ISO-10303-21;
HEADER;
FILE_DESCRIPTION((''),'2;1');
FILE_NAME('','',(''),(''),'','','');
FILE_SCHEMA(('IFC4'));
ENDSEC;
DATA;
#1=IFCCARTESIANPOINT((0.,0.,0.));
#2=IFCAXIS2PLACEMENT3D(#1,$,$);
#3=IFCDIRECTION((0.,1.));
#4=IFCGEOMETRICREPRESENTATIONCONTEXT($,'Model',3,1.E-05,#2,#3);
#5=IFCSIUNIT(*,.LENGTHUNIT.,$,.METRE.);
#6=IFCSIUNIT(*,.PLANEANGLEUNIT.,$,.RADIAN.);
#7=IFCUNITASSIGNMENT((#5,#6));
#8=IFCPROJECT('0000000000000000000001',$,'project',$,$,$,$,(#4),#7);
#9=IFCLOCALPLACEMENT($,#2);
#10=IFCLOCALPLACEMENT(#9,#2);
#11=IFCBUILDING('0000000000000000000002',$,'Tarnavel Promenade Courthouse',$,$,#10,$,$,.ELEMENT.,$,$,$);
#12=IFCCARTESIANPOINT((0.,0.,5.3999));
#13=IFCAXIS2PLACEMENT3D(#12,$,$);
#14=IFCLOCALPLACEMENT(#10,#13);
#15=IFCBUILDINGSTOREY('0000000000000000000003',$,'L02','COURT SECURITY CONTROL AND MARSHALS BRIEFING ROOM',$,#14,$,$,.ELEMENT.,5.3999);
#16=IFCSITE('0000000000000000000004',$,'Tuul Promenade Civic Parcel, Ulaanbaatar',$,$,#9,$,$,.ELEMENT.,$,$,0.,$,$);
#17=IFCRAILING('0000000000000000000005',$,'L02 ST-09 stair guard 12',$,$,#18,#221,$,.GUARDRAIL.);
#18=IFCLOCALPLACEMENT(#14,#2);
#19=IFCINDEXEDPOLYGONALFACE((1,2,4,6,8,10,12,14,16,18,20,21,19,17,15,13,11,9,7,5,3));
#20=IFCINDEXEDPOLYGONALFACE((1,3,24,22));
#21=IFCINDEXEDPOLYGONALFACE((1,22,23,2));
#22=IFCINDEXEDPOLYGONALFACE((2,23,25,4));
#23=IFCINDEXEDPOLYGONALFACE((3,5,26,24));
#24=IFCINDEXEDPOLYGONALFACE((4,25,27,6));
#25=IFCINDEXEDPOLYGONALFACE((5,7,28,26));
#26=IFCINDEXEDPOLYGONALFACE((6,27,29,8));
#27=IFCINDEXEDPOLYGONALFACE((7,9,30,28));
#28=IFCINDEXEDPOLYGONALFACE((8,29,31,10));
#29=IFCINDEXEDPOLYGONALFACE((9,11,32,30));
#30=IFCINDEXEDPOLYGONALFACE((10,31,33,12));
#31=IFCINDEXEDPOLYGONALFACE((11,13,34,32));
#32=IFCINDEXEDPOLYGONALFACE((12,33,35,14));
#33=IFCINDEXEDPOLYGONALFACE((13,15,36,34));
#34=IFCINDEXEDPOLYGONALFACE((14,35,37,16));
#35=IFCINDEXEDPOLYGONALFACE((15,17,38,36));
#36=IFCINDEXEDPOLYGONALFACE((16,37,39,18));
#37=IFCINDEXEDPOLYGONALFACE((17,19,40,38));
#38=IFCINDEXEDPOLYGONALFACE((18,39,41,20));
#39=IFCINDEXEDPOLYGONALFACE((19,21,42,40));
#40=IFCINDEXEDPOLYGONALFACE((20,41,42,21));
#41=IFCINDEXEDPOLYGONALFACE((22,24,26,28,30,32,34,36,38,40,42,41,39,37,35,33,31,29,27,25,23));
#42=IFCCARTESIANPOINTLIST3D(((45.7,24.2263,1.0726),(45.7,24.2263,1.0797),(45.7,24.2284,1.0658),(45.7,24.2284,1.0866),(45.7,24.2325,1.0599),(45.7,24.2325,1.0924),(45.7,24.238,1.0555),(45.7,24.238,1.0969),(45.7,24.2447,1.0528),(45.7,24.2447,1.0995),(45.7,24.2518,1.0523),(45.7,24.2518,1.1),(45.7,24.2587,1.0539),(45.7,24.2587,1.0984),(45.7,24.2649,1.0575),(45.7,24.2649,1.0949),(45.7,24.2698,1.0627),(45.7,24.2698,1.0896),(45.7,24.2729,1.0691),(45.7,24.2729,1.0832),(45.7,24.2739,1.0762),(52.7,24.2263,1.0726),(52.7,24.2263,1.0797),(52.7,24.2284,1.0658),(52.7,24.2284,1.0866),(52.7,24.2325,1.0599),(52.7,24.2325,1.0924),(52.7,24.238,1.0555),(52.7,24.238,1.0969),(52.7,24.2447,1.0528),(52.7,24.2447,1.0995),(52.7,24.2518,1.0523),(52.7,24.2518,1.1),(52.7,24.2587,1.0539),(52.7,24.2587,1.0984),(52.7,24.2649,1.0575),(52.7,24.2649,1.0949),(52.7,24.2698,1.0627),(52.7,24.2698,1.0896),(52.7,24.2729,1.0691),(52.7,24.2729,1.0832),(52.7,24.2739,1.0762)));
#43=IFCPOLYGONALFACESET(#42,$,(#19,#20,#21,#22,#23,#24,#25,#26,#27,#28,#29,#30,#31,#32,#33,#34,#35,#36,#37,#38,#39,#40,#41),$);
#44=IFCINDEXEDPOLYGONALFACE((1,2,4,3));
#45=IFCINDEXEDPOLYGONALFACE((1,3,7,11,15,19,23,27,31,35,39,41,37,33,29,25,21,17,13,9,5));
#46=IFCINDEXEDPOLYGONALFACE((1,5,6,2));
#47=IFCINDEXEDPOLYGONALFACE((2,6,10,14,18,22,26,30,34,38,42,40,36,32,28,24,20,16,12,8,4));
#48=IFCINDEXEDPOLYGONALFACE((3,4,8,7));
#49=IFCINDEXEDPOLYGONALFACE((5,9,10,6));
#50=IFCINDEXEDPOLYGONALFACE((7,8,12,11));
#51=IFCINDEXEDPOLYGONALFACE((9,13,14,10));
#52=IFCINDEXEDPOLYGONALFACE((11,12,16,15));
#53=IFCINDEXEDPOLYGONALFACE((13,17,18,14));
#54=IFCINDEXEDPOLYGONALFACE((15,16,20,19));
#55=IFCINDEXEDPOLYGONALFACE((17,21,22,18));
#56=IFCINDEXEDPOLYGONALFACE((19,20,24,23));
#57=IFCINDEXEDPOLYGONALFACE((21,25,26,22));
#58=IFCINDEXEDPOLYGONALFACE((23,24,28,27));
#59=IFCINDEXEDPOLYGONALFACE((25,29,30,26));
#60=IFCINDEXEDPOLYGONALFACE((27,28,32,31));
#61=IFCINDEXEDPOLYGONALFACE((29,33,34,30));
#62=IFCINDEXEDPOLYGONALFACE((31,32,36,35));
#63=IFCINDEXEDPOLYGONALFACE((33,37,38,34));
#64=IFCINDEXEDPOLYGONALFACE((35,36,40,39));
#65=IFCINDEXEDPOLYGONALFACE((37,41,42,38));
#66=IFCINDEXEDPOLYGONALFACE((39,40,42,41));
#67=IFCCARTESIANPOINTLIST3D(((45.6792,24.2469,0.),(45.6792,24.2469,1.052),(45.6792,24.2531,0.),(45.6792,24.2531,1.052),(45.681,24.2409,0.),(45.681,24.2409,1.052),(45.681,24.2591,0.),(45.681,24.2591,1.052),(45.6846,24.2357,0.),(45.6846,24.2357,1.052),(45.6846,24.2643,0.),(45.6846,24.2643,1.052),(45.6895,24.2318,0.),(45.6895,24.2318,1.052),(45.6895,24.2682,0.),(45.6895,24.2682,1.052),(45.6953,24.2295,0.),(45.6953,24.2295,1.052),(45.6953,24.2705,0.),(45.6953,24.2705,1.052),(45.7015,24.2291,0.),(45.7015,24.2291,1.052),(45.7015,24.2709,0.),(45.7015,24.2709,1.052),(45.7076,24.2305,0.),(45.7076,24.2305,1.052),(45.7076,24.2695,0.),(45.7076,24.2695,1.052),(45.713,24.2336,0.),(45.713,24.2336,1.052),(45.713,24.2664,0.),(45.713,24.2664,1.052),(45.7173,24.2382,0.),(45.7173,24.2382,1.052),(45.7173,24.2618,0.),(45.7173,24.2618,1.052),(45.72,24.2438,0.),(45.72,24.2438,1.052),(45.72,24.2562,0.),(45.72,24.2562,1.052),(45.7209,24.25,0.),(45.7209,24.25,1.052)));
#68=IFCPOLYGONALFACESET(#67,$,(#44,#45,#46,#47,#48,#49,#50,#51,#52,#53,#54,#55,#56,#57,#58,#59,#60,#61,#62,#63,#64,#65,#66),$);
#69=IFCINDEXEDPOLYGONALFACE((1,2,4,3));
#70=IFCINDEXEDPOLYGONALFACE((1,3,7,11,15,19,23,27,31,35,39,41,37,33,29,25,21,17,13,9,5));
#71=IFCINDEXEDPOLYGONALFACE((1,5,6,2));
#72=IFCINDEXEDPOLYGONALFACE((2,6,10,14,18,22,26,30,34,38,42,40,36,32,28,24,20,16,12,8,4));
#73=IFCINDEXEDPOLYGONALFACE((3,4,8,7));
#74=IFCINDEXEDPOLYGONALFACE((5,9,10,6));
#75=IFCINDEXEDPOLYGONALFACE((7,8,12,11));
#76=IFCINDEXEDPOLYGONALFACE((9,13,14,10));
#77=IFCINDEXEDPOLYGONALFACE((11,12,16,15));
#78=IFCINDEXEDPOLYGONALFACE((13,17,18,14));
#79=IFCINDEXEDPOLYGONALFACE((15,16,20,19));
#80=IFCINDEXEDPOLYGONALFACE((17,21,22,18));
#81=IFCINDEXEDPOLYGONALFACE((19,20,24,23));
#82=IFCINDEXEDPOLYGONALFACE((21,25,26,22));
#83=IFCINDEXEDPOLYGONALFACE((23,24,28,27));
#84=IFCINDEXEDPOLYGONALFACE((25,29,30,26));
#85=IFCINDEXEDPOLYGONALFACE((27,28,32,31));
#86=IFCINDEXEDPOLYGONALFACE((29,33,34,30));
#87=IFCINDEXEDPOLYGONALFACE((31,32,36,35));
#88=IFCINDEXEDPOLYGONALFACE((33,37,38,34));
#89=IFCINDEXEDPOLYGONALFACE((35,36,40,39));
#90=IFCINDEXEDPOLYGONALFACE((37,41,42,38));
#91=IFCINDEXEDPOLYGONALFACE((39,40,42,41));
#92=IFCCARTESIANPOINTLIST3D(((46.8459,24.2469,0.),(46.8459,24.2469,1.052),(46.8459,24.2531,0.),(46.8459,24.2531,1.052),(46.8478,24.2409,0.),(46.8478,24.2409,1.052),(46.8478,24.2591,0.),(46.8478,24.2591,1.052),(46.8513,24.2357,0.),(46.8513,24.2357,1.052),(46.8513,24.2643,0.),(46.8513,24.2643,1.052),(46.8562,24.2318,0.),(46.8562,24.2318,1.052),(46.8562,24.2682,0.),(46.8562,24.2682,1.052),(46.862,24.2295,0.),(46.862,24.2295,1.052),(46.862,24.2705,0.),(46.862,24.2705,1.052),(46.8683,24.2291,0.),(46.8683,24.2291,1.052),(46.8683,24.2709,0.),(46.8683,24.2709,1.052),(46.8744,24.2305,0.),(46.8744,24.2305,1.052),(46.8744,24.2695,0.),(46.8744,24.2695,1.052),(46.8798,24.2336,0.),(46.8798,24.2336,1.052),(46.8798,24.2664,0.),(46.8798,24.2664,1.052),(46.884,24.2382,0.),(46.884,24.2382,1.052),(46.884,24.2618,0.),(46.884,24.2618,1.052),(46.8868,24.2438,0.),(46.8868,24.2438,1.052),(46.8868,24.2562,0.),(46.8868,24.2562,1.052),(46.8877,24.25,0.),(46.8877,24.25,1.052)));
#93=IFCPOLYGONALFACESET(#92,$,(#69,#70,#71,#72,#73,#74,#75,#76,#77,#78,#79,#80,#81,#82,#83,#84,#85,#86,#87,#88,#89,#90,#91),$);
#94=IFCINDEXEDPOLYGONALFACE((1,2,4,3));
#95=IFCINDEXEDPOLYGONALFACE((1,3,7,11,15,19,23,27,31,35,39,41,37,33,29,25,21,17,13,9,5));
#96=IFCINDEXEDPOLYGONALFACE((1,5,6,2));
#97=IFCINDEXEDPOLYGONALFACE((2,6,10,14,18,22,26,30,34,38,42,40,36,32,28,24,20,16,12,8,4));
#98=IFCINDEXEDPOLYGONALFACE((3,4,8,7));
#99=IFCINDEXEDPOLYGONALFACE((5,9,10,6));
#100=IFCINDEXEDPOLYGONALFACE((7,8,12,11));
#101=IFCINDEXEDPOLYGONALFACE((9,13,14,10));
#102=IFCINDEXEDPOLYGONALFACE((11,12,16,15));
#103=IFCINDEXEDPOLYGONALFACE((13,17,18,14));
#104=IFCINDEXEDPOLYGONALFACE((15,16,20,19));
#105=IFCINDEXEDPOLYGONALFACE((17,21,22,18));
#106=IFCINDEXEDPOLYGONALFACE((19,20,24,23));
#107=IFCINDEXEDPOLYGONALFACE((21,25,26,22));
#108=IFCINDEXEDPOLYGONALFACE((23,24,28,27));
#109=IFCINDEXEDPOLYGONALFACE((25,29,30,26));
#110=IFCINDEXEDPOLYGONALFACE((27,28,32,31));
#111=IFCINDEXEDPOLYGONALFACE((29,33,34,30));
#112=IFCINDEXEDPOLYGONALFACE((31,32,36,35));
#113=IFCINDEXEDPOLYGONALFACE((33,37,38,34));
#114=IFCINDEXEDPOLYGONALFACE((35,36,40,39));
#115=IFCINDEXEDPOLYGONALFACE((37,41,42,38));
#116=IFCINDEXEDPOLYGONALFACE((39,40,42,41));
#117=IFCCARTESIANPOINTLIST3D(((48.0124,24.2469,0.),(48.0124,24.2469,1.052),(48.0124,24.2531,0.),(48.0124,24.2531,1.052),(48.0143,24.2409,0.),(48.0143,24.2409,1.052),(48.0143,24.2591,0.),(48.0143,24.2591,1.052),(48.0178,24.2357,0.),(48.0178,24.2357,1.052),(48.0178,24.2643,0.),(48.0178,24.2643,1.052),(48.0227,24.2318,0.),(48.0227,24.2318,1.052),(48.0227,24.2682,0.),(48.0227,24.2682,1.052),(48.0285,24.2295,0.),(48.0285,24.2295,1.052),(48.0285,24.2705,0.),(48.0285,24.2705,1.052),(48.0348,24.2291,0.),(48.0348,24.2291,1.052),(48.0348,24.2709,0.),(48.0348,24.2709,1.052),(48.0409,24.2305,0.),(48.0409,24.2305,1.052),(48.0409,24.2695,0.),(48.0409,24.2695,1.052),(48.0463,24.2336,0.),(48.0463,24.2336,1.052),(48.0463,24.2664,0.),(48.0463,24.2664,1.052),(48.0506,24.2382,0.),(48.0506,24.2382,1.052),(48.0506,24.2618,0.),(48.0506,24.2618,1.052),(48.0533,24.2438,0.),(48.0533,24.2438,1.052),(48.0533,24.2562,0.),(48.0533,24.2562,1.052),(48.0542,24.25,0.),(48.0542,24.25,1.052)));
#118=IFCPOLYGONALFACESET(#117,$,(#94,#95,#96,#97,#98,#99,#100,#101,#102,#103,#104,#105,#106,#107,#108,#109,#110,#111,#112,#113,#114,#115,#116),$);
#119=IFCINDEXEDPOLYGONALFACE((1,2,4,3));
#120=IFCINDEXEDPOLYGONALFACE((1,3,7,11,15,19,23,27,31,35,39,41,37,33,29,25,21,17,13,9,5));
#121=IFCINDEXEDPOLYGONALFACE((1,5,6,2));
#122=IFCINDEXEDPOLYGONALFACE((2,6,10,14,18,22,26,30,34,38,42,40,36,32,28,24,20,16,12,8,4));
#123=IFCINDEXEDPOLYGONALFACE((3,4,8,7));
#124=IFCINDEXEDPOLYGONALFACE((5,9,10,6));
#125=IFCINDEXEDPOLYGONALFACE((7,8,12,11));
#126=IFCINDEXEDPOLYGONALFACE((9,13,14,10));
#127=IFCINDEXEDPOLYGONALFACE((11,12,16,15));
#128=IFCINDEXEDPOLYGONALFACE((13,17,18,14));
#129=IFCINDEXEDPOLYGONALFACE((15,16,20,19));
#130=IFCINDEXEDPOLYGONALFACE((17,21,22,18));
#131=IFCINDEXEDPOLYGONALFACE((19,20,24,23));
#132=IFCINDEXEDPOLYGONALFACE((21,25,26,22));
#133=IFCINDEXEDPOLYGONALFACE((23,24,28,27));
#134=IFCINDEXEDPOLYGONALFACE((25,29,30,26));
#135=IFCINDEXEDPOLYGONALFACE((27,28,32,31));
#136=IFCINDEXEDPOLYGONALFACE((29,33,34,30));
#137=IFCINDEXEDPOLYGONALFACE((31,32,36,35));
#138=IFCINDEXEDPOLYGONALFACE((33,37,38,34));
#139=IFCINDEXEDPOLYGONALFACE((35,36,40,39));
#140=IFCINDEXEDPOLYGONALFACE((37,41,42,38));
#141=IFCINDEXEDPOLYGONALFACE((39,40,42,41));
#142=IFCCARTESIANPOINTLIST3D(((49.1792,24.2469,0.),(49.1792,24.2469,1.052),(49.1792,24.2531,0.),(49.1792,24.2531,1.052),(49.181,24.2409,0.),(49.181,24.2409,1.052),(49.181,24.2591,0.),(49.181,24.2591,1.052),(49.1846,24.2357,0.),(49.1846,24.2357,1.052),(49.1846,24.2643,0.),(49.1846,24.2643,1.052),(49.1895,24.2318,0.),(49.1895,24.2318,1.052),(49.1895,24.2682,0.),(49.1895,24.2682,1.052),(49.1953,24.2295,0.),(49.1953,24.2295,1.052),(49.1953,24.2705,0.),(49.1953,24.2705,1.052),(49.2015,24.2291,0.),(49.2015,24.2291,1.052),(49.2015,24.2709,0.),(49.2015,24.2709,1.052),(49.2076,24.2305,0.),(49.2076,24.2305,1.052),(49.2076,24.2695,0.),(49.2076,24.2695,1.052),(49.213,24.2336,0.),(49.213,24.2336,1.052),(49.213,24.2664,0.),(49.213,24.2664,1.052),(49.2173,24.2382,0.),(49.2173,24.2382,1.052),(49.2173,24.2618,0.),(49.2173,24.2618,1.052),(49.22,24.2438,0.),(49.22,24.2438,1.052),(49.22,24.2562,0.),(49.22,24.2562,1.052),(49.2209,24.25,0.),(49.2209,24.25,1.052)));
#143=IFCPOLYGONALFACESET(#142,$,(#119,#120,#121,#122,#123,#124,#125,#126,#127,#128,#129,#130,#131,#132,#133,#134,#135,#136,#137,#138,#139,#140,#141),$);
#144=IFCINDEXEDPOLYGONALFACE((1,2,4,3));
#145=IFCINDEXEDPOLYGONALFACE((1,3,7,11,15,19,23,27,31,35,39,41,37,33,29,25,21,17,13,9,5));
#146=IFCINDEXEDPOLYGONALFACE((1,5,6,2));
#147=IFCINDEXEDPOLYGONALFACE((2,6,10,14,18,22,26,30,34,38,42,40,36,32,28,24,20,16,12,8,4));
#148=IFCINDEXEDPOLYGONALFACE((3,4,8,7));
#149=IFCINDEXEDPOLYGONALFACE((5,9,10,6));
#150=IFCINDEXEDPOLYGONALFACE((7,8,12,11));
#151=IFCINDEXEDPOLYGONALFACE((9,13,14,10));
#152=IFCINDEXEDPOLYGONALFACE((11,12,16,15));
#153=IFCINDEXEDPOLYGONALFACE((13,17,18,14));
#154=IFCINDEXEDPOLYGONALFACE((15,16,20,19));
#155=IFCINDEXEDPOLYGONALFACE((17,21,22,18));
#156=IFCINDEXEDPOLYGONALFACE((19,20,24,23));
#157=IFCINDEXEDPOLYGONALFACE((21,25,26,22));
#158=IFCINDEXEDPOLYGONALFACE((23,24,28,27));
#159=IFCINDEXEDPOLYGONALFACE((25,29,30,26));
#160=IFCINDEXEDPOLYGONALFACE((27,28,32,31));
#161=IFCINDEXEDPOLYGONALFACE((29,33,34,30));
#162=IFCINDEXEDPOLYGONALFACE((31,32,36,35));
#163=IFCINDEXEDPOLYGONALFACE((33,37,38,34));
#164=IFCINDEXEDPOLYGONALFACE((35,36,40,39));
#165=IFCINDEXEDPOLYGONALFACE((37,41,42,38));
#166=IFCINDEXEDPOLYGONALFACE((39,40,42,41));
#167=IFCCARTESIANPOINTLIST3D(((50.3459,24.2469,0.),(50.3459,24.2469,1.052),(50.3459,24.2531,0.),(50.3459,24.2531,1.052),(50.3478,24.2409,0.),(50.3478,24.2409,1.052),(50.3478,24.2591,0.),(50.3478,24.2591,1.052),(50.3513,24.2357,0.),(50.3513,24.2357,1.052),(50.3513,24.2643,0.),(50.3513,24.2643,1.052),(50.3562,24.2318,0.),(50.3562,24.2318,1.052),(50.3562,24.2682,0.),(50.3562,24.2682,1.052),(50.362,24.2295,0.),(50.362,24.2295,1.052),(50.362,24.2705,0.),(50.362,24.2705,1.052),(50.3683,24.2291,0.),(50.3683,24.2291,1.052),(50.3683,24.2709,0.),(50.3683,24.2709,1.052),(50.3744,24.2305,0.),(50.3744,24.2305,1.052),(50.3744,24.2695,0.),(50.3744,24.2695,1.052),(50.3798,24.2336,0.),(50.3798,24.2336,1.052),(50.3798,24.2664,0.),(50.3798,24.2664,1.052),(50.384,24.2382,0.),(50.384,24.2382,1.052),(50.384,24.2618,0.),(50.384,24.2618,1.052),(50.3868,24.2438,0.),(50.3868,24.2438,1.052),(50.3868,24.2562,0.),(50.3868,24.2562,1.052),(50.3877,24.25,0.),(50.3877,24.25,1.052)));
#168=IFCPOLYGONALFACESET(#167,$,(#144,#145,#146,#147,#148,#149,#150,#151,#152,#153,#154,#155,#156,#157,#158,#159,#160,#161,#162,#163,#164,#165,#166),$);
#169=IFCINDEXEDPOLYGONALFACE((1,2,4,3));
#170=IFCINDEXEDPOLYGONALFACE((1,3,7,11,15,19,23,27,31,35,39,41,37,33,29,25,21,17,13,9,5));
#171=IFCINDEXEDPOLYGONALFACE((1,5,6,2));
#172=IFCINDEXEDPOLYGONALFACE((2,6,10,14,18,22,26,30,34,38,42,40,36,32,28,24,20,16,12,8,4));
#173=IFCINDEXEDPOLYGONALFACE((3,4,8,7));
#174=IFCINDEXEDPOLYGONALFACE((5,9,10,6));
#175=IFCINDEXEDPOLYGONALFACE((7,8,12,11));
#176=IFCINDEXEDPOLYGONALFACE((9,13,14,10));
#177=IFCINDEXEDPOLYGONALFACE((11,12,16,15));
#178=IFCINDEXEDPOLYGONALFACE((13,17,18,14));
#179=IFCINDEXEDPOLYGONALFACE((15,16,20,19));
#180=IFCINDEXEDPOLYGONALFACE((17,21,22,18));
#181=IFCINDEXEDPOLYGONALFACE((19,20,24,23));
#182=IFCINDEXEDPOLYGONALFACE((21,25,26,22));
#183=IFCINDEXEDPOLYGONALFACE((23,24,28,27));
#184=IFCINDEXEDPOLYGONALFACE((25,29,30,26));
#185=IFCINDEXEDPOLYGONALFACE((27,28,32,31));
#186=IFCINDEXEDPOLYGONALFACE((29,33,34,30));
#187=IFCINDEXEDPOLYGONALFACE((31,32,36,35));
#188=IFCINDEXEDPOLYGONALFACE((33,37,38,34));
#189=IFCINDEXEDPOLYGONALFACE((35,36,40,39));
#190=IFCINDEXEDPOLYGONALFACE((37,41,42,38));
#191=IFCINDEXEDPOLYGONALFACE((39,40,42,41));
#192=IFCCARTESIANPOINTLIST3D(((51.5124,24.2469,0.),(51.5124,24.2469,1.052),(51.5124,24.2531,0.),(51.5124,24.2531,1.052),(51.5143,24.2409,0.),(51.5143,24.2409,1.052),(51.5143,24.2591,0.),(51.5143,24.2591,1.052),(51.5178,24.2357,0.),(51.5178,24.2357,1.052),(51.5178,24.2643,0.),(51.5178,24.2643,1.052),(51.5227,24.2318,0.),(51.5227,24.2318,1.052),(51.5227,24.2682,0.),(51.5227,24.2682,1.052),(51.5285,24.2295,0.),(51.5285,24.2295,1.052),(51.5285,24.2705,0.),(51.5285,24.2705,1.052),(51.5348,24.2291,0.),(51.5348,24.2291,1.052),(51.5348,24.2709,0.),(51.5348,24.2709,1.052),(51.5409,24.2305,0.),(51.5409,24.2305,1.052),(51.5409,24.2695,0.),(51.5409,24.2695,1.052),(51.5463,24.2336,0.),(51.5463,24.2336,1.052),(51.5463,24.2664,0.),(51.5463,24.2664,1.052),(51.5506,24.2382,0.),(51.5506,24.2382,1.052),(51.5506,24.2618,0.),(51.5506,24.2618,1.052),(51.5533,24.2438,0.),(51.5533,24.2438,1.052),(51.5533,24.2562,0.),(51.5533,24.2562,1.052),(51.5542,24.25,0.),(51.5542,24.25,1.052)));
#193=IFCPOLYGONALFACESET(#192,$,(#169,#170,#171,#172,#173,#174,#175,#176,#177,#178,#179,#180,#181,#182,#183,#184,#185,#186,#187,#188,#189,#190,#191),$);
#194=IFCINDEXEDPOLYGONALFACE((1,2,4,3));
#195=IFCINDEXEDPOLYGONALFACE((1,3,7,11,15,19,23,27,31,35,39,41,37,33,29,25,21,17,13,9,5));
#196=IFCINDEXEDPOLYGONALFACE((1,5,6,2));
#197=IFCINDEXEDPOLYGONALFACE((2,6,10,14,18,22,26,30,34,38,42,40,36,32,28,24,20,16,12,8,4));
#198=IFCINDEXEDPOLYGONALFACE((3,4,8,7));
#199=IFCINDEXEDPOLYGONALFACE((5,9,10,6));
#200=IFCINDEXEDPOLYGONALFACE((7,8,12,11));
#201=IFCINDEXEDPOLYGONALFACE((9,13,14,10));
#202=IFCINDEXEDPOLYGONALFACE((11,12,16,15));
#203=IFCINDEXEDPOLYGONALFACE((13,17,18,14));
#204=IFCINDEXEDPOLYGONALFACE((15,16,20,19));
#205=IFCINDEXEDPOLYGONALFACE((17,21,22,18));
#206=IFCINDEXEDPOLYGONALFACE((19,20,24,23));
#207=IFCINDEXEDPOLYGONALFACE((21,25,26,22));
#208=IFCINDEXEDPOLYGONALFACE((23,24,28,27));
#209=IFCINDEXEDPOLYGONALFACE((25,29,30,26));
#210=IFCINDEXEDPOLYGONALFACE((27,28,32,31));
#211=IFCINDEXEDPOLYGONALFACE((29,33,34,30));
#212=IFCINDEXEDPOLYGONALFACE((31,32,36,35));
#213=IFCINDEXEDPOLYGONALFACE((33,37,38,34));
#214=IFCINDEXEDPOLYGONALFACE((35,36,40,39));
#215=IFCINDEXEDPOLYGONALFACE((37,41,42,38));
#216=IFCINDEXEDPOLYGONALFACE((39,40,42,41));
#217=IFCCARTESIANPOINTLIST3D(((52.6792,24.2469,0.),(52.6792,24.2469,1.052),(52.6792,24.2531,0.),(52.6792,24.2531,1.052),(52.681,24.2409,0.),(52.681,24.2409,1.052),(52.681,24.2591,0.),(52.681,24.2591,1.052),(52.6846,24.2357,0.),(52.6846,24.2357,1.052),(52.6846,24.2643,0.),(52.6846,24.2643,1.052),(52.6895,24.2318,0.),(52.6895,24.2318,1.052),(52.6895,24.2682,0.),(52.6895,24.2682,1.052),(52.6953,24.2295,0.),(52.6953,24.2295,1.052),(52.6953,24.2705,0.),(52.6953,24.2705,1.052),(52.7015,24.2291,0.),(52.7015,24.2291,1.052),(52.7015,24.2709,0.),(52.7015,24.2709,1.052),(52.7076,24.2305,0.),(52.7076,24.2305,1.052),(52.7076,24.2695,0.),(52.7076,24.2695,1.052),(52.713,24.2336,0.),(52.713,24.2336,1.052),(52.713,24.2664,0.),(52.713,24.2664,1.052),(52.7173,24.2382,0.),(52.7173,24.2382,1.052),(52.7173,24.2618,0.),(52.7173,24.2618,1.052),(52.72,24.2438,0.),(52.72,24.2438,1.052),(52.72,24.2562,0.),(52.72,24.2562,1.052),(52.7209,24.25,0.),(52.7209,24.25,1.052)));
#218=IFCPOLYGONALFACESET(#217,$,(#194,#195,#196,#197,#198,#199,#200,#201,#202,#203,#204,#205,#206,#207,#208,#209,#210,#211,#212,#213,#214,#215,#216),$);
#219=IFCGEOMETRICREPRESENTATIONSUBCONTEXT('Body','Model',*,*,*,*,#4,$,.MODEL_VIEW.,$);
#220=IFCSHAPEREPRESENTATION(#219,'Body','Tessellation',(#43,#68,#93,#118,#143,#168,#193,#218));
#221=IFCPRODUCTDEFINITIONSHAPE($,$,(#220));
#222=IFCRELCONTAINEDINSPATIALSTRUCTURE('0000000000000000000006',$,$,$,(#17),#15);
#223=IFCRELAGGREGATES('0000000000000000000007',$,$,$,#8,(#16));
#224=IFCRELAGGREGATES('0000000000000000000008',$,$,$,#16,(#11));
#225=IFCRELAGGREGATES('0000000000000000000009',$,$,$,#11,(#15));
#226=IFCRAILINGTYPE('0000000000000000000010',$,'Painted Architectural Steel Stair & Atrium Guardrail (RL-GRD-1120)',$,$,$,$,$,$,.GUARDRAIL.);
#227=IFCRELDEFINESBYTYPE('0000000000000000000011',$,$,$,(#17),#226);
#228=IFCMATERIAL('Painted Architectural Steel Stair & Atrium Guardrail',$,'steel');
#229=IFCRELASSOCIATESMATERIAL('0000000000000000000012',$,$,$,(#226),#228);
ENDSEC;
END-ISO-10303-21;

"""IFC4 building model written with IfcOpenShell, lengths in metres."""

from ifc_helpers import new_model, si_unit, direction, frame, origin, origin_2d, place, context, subcontext, project, spatial, circle, extrude, material, type_object, element, save


model = new_model("IFC4")

# Units and contexts
model_context = context("Model", 3, precision=1e-05, world=origin(), true_north=direction((0.0, 1.0)))
body_context = subcontext(model_context, "Body", "Model", "MODEL_VIEW")
ifc_project = project(units=[si_unit("LENGTHUNIT", "METRE"), si_unit("PLANEANGLEUNIT", "RADIAN")], contexts=[model_context])

# Site, building, storey
site_placement = place(None, origin())
site = spatial("IfcSite", under=ifc_project, at=site_placement, Name="Tuul Promenade Civic Parcel, Ulaanbaatar", CompositionType="ELEMENT", RefElevation=0.0)
building_placement = place(site_placement, origin())
building = spatial("IfcBuilding", under=site, at=building_placement, Name="Tarnavel Promenade Courthouse", CompositionType="ELEMENT")
storey_placement = place(building_placement, frame((0.0, 0.0, 5.3999)))
storey = spatial("IfcBuildingStorey", under=building, at=storey_placement, Name="L02", Description="COURT SECURITY CONTROL AND MARSHALS BRIEFING ROOM", CompositionType="ELEMENT", Elevation=5.3999)

# Railing
ifc_material_1 = material(Name="Painted Architectural Steel Stair & Atrium Guardrail", Category="steel")
railing_type_1 = type_object("IfcRailingType", Name="Painted Architectural Steel Stair & Atrium Guardrail (RL-GRD-1120)", PredefinedType="GUARDRAIL", material=ifc_material_1)
railing_1_placement = place(storey_placement, frame((45.7, 24.25, 0.0)))
element("IfcRailing", 1, at=railing_1_placement, inside=storey, type_object=railing_type_1, Name="L02 ST-09 stair guard 12", PredefinedType="GUARDRAIL", context=body_context, shape_type="SweptSolid", body=[
    extrude(circle(Radius=0.0239, at=origin_2d()), frame((0.0, 0.0, 1.0762), z_axis=(1.0, 0.0, 0.0), x_axis=(0.0, 1.0, 0.0)), (0.0, 0.0, 1.0), 7.0),
    extrude(circle(Radius=0.021, at=origin_2d()), origin(), (0.0, 0.0, 1.0), 1.052),
    extrude(circle(Radius=0.021, at=origin_2d()), frame((1.1667, 0.0, 0.0)), (0.0, 0.0, 1.0), 1.052),
    extrude(circle(Radius=0.021, at=origin_2d()), frame((2.3333, 0.0, 0.0)), (0.0, 0.0, 1.0), 1.052),
    extrude(circle(Radius=0.021, at=origin_2d()), frame((3.5, 0.0, 0.0)), (0.0, 0.0, 1.0), 1.052),
    extrude(circle(Radius=0.021, at=origin_2d()), frame((4.6667, 0.0, 0.0)), (0.0, 0.0, 1.0), 1.052),
    extrude(circle(Radius=0.021, at=origin_2d()), frame((5.8333, 0.0, 0.0)), (0.0, 0.0, 1.0), 1.052),
    extrude(circle(Radius=0.021, at=origin_2d()), frame((7.0, 0.0, 0.0)), (0.0, 0.0, 1.0), 1.052),
])

save(model, "model.ifc")
